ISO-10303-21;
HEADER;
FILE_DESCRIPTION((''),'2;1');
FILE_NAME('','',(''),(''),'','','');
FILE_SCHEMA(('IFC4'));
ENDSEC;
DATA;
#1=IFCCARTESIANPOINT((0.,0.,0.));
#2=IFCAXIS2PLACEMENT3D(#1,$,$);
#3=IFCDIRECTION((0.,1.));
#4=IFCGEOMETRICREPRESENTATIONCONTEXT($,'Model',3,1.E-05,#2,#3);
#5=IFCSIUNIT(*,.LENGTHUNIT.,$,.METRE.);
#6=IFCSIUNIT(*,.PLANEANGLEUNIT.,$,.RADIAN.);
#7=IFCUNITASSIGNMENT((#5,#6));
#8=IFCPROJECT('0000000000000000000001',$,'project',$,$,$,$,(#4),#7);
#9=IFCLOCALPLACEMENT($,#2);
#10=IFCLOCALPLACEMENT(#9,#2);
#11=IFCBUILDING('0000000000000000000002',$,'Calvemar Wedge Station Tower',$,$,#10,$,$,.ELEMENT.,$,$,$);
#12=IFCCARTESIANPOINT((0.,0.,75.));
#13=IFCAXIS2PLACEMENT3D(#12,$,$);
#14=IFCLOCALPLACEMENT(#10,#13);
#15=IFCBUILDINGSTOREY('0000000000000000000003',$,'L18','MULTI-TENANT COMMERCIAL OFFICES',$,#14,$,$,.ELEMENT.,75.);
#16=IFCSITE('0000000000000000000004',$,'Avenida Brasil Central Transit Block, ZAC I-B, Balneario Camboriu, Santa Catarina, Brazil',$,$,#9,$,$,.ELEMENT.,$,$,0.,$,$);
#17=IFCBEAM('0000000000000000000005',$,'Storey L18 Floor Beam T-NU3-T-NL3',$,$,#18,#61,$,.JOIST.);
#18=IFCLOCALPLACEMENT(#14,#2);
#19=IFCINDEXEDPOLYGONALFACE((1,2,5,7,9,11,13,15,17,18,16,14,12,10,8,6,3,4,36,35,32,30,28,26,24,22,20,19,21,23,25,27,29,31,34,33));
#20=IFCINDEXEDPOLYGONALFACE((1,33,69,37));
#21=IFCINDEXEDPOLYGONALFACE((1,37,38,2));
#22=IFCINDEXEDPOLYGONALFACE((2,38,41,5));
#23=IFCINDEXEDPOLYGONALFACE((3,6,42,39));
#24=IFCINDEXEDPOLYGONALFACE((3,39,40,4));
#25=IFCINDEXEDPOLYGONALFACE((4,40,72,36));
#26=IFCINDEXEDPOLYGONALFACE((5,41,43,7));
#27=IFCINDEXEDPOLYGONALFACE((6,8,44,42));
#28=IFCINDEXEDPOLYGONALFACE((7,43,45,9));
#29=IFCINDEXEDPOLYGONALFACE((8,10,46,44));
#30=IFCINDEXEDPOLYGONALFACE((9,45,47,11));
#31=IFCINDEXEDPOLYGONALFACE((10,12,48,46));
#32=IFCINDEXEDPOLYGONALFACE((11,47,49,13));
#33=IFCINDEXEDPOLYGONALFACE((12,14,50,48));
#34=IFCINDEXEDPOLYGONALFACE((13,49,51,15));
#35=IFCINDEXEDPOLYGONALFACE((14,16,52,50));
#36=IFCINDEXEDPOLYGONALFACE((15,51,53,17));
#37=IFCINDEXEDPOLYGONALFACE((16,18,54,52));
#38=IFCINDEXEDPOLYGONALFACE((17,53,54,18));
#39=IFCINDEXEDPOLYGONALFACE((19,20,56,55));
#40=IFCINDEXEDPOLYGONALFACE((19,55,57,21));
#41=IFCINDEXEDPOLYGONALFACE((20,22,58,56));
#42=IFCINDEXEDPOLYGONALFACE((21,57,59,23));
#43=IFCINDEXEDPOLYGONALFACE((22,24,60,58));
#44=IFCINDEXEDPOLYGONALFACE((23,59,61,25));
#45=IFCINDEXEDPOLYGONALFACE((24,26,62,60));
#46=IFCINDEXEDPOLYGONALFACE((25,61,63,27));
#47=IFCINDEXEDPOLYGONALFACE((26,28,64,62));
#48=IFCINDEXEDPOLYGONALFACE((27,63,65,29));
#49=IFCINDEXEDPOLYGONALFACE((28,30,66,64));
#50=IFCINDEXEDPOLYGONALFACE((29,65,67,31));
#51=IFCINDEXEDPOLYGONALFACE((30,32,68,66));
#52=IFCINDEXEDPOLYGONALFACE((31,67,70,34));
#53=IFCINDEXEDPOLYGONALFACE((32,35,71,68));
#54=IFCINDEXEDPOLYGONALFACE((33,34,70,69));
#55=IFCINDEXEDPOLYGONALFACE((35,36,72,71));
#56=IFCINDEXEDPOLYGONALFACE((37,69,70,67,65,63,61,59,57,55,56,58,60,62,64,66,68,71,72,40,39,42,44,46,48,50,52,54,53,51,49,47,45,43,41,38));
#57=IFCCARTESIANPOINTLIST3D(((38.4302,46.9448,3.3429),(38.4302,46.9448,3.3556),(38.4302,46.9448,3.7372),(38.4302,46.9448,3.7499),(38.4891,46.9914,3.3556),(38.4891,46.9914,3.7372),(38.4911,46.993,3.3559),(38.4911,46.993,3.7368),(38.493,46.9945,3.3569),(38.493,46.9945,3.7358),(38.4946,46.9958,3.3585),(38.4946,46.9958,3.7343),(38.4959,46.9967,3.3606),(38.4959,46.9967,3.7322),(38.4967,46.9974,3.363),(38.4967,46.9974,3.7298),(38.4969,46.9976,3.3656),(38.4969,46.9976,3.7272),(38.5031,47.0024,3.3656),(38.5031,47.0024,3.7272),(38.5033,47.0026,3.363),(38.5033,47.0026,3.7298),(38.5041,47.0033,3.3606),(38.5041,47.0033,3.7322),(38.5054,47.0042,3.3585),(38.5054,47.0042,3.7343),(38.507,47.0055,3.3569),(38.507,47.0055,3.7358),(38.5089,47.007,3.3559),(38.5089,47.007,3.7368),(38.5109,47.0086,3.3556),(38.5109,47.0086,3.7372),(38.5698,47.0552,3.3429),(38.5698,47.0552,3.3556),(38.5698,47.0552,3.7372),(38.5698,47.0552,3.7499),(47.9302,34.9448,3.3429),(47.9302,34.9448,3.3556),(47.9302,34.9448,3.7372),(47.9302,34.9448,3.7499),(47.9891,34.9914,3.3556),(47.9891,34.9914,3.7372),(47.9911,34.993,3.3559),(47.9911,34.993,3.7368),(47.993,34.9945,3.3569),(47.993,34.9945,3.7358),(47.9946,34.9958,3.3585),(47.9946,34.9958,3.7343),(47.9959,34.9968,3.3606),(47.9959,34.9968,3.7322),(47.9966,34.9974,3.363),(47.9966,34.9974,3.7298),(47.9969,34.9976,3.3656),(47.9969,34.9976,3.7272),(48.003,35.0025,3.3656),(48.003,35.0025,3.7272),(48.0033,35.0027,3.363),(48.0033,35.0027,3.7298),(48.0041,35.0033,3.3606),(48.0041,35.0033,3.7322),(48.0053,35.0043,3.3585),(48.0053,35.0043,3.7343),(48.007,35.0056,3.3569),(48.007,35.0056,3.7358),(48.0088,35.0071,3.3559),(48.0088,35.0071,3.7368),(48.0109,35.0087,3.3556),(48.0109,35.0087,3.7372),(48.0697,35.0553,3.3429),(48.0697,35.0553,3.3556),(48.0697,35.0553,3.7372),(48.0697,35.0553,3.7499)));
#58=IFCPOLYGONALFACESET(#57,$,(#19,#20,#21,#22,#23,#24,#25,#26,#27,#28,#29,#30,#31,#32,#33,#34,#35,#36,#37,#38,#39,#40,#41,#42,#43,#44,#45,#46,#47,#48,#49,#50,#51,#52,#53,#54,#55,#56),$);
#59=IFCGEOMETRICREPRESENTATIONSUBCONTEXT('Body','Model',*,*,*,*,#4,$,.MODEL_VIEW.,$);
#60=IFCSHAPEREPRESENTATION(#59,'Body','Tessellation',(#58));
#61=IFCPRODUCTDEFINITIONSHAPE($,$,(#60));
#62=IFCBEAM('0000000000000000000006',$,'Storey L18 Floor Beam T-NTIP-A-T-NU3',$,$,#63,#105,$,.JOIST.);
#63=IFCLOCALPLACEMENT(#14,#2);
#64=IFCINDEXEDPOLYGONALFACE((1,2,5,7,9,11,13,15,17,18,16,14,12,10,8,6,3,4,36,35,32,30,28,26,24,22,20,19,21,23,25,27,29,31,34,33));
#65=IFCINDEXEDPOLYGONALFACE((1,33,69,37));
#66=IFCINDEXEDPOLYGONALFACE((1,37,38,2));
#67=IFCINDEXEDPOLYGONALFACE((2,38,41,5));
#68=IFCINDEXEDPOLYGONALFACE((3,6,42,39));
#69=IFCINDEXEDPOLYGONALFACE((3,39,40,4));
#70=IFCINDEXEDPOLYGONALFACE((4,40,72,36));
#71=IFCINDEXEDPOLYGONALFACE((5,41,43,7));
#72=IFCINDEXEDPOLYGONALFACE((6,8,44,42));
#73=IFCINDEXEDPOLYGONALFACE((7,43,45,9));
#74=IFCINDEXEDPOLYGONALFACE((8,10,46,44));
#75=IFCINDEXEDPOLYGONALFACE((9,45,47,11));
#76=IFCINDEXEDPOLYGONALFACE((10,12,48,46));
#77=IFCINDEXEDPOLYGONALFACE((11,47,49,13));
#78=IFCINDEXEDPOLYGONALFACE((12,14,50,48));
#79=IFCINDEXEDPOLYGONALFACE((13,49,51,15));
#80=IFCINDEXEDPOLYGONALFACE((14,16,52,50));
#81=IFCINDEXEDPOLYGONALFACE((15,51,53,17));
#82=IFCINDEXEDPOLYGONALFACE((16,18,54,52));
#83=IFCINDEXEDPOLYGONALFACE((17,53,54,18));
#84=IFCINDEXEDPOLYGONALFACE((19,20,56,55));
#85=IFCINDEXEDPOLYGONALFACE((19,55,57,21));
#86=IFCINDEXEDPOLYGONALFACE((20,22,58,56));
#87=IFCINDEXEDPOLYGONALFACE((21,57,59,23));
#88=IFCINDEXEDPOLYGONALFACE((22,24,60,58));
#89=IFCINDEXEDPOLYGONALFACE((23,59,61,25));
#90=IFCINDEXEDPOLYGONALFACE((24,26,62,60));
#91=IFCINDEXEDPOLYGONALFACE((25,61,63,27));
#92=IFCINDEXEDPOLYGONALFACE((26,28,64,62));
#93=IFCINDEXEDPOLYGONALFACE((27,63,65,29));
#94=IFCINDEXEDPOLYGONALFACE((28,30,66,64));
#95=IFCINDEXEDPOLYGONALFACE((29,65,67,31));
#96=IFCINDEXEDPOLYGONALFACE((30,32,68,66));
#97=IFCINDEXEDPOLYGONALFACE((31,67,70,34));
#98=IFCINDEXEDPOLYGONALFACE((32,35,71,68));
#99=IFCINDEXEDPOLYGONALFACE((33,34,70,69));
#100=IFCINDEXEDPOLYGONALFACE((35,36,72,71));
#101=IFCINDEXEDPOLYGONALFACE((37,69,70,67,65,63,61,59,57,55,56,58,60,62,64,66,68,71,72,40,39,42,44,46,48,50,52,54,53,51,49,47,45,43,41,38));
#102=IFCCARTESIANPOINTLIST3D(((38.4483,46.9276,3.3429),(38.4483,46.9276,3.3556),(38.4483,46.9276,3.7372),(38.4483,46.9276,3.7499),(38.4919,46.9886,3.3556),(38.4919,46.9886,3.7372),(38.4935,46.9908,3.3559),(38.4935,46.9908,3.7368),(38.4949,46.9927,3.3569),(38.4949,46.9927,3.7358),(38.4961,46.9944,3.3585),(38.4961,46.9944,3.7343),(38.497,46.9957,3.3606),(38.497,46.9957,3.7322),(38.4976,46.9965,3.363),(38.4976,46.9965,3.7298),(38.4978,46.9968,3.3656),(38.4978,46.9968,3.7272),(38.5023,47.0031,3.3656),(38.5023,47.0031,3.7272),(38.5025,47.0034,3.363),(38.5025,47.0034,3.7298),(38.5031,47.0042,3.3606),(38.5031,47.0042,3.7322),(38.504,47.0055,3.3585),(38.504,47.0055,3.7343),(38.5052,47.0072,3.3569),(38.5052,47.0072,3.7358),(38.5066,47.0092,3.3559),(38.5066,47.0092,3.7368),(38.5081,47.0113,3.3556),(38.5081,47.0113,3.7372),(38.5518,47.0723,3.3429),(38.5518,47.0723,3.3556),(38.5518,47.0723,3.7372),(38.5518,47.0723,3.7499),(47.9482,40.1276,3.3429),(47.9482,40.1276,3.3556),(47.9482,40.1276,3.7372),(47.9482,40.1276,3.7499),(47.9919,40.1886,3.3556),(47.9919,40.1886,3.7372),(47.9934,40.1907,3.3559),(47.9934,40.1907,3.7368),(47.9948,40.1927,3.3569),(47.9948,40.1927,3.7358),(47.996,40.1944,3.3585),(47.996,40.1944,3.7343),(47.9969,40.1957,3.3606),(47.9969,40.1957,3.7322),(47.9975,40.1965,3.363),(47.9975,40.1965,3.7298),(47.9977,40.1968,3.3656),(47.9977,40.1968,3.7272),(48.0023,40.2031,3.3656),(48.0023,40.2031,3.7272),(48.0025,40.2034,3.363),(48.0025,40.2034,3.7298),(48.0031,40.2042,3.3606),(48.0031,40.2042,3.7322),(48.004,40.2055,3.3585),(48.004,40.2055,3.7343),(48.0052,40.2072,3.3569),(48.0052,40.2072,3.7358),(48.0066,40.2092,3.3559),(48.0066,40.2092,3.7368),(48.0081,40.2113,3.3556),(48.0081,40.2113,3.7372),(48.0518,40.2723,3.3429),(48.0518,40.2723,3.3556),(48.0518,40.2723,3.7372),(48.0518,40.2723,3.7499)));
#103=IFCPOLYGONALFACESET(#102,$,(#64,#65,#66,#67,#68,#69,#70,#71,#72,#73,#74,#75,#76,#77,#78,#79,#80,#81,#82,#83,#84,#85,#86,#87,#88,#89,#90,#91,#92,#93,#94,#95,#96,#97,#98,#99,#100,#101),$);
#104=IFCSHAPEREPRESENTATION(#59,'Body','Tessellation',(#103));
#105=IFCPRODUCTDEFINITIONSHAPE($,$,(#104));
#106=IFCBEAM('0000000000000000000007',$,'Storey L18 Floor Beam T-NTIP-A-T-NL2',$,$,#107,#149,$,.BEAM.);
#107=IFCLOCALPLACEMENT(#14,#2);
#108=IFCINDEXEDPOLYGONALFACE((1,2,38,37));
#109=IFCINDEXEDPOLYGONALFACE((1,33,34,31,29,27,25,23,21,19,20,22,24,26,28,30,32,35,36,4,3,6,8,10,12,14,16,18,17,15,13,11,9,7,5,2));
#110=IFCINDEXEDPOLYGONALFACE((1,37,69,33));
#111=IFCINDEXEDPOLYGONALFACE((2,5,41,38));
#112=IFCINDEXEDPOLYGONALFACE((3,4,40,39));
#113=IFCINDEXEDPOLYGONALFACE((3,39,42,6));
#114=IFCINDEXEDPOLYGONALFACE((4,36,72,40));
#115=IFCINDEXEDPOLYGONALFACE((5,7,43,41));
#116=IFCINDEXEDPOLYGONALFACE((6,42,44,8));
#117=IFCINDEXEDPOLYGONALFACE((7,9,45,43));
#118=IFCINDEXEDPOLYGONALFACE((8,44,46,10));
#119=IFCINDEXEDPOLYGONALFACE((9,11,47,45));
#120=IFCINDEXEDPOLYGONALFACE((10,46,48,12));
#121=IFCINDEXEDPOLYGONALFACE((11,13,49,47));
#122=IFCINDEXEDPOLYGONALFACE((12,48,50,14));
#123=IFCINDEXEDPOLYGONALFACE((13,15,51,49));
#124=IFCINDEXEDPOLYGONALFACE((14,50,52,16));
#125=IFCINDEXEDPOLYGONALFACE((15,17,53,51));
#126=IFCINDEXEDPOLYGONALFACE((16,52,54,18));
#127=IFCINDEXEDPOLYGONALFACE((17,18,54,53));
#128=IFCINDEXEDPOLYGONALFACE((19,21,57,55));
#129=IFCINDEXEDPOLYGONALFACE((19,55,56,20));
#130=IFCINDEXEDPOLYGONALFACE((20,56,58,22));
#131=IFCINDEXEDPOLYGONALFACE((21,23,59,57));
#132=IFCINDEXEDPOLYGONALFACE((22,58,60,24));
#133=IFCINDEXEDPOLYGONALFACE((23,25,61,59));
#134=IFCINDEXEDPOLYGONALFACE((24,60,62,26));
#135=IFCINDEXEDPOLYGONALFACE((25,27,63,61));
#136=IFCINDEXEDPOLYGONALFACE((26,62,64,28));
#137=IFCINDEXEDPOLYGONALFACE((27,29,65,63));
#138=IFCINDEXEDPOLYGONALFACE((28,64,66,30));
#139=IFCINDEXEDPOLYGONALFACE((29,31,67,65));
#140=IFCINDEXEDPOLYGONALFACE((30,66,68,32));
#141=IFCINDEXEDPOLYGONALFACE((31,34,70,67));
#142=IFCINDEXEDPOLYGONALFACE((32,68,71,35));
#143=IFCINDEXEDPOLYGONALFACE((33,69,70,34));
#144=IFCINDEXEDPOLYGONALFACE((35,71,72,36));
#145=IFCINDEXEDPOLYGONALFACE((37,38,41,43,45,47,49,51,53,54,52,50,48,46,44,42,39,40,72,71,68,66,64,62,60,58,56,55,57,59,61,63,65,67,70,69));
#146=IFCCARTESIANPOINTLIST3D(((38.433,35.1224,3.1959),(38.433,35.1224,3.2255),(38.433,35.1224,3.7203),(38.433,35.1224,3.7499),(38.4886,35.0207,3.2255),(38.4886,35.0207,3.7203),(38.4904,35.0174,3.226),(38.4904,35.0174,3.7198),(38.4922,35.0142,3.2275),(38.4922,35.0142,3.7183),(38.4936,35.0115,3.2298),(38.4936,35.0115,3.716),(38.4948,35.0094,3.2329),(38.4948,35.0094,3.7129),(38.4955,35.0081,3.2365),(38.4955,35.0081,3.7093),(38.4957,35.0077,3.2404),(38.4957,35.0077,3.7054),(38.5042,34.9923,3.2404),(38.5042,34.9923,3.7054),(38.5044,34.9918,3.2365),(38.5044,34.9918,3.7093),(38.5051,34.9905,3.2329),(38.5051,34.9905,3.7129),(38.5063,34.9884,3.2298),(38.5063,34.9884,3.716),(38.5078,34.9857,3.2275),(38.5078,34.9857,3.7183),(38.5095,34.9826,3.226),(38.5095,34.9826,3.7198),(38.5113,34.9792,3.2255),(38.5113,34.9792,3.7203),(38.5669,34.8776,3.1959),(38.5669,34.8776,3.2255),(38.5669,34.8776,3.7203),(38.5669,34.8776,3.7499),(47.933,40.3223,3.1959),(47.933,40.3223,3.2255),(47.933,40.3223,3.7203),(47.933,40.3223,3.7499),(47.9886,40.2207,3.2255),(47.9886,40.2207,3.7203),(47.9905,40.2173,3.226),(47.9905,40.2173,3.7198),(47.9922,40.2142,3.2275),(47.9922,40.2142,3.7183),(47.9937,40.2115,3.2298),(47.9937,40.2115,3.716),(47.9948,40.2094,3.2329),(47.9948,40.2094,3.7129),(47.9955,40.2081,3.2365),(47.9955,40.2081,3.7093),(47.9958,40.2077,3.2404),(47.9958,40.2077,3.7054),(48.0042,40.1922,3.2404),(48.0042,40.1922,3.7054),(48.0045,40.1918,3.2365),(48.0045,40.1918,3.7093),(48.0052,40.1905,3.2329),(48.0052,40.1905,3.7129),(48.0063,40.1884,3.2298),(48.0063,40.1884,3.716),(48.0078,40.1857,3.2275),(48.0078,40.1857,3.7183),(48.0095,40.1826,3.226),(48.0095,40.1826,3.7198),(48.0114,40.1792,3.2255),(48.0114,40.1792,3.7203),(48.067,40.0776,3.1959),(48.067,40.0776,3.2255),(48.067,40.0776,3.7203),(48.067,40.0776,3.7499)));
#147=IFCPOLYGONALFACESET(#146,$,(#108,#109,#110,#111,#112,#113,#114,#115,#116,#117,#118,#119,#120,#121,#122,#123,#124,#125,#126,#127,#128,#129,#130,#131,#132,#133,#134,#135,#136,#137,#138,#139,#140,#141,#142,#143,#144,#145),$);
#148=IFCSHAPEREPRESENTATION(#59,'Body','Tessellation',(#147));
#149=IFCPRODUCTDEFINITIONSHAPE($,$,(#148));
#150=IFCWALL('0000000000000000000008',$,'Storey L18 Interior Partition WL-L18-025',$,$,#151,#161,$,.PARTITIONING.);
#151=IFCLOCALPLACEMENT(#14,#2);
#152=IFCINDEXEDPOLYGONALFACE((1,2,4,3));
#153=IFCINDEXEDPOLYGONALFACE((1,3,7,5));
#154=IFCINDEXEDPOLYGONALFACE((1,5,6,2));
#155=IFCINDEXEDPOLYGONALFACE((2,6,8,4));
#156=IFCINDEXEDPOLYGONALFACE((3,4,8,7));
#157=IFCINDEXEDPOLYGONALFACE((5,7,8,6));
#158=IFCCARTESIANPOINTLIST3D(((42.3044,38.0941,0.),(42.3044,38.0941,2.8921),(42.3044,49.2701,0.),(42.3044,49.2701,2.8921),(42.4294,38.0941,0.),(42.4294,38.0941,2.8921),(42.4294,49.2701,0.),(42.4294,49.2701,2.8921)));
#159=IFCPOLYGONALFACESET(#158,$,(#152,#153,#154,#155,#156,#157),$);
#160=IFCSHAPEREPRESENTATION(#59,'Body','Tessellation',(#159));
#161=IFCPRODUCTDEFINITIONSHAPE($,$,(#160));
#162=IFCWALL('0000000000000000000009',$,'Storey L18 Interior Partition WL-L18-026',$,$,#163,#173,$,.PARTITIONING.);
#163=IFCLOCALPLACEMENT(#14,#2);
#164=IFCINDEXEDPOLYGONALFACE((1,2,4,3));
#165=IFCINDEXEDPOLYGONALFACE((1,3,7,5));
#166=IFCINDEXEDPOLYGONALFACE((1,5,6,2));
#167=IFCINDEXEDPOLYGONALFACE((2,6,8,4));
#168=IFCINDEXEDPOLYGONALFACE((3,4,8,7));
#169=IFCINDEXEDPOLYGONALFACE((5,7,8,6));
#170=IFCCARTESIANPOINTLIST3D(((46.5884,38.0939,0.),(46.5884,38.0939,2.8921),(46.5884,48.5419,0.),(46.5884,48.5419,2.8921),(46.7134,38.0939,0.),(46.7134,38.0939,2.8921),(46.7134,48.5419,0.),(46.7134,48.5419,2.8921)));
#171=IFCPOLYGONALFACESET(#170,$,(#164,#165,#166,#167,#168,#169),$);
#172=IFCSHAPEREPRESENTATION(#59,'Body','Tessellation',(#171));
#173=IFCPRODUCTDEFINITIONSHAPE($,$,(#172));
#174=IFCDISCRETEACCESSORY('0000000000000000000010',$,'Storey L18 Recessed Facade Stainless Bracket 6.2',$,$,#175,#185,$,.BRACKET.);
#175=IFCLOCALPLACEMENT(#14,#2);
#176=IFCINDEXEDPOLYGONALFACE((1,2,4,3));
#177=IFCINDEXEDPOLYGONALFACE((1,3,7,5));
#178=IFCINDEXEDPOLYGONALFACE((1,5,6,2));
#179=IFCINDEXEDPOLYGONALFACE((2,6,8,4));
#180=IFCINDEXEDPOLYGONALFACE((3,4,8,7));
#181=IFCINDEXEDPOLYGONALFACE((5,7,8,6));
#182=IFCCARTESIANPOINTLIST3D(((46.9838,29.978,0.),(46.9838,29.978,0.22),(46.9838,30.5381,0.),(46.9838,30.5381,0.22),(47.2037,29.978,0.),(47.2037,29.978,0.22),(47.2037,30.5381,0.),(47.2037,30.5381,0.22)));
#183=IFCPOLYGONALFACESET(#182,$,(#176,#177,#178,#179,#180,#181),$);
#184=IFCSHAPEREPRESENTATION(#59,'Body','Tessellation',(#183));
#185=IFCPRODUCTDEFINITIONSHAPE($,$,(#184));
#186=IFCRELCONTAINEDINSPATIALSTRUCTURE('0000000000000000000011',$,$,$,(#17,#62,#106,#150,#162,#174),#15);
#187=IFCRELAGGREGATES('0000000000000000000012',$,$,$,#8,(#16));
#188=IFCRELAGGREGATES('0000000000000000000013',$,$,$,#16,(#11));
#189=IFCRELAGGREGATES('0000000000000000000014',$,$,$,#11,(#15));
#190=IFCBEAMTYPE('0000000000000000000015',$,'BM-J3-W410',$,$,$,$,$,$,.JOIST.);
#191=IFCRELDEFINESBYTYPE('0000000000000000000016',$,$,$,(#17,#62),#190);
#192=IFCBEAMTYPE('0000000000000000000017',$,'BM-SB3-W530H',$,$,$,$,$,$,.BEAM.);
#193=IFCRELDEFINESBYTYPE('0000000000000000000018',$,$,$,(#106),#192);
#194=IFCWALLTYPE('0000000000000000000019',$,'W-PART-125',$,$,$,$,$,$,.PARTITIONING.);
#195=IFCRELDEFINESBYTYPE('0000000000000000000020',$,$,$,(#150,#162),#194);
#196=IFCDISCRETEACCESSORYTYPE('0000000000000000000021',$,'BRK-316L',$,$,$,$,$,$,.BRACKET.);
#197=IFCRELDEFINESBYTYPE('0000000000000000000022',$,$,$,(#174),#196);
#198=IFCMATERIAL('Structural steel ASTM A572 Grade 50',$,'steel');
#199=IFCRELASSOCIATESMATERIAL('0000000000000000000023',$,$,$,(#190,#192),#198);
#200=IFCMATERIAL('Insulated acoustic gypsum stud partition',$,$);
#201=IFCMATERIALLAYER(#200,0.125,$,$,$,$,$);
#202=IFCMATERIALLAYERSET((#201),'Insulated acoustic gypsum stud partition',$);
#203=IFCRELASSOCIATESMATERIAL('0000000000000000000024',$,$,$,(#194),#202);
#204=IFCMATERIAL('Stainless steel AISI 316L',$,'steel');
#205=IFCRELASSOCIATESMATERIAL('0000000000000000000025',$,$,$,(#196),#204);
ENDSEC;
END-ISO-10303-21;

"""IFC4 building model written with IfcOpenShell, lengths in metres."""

from ifc_helpers import new_model, si_unit, direction, frame, frame_2d, origin, origin_2d, place, context, subcontext, project, spatial, rectangle, i_section, extrude, source, transform, mapped, material, layer, layer_set, material_profile, profile_set, type_object, element, save


model = new_model("IFC4")

# Units and contexts
model_context = context("Model", 3, precision=1e-05, world=origin(), true_north=direction((0.0, 1.0)))
body_context = subcontext(model_context, "Body", "Model", "MODEL_VIEW")
ifc_project = project(units=[si_unit("LENGTHUNIT", "METRE"), si_unit("PLANEANGLEUNIT", "RADIAN")], contexts=[model_context])

# Site, building, storey
site_placement = place(None, origin())
site = spatial("IfcSite", under=ifc_project, at=site_placement, Name="Avenida Brasil Central Transit Block, ZAC I-B, Balneario Camboriu, Santa Catarina, Brazil", CompositionType="ELEMENT", RefElevation=0.0)
building_placement = place(site_placement, origin())
building = spatial("IfcBuilding", under=site, at=building_placement, Name="Calvemar Wedge Station Tower", CompositionType="ELEMENT")
storey_placement = place(building_placement, frame((0.0, 0.0, 75.0)))
storey = spatial("IfcBuildingStorey", under=building, at=storey_placement, Name="L18", Description="MULTI-TENANT COMMERCIAL OFFICES", CompositionType="ELEMENT", Elevation=75.0)

# Shared definitions
ifc_material_1 = material(Name="Structural steel ASTM A572 Grade 50", Category="steel")

# Beams
ifc_material_profile_1 = material_profile(ifc_material_1, i_section(OverallWidth=0.178, OverallDepth=0.407, WebThickness=0.0078, FlangeThickness=0.0127, FilletRadius=0.01, at=origin_2d()), Name="W410x60")
ifc_profile_set_1 = profile_set([ifc_material_profile_1], Name="Structural steel ASTM A572 Grade 50")
beam_type_1 = type_object("IfcBeamType", Name="BM-J3-W410", PredefinedType="JOIST", material=ifc_profile_set_1)
shared_shape_1 = source(origin(), body_context, "Body", "SweptSolid", [
    extrude(i_section(OverallWidth=0.178, OverallDepth=0.407, WebThickness=0.0078, FlangeThickness=0.0127, FilletRadius=0.01, at=origin_2d()), origin(), (0.0, 0.0, 1.0), 15.3052),
])
beam_1_placement = place(storey_placement, frame((38.5, 47.0, 3.5464), z_axis=(0.620703, -0.784046, 0.0), x_axis=(0.784046, 0.620703, 0.0)))
element("IfcBeam", 1, at=beam_1_placement, inside=storey, type_object=beam_type_1, Name="Storey L18 Floor Beam T-NU3-T-NL3", PredefinedType="JOIST", context=body_context, shape_type="MappedRepresentation", body=[
    mapped(shared_shape_1, transform((0.0, 0.0, 0.0), scale=1.0)),
])
shared_shape_2 = source(origin(), body_context, "Body", "SweptSolid", [
    extrude(i_section(OverallWidth=0.178, OverallDepth=0.407, WebThickness=0.0078, FlangeThickness=0.0127, FilletRadius=0.01, at=origin_2d()), origin(), (0.0, 0.0, 1.0), 11.6829),
])
beam_2_placement = place(storey_placement, frame((48.0, 40.2, 3.5464), z_axis=(-0.813153, 0.58205, 0.0), x_axis=(-0.58205, -0.813153, 0.0)))
element("IfcBeam", 2, at=beam_2_placement, inside=storey, type_object=beam_type_1, Name="Storey L18 Floor Beam T-NTIP-A-T-NU3", PredefinedType="JOIST", context=body_context, shape_type="MappedRepresentation", body=[
    mapped(shared_shape_2, transform((0.0, 0.0, 0.0), scale=1.0)),
])
ifc_material_profile_2 = material_profile(ifc_material_1, i_section(OverallWidth=0.2791, OverallDepth=0.554, WebThickness=0.0176, FlangeThickness=0.0295, FilletRadius=0.0149, at=origin_2d()), Name="W530x196")
ifc_profile_set_2 = profile_set([ifc_material_profile_2], Name="Structural steel ASTM A572 Grade 50")
beam_type_2 = type_object("IfcBeamType", Name="BM-SB3-W530H", PredefinedType="BEAM", material=ifc_profile_set_2)
shared_shape_3 = source(origin(), body_context, "Body", "SweptSolid", [
    extrude(i_section(OverallWidth=0.2791, OverallDepth=0.554, WebThickness=0.0176, FlangeThickness=0.0295, FilletRadius=0.0149, at=origin_2d()), origin(), (0.0, 0.0, 1.0), 10.8301),
])
beam_3_placement = place(storey_placement, frame((48.0, 40.2, 3.4729), z_axis=(-0.877191, -0.480142, 0.0), x_axis=(0.480142, -0.877191, 0.0)))
element("IfcBeam", 3, at=beam_3_placement, inside=storey, type_object=beam_type_2, Name="Storey L18 Floor Beam T-NTIP-A-T-NL2", PredefinedType="BEAM", context=body_context, shape_type="MappedRepresentation", body=[
    mapped(shared_shape_3, transform((0.0, 0.0, 0.0), scale=1.0)),
])

# Walls
ifc_material_2 = material(Name="Insulated acoustic gypsum stud partition")
ifc_layer_1 = layer(ifc_material_2, 0.125)
ifc_layer_set_1 = layer_set([ifc_layer_1], Name="Insulated acoustic gypsum stud partition")
wall_type_1 = type_object("IfcWallType", Name="W-PART-125", PredefinedType="PARTITIONING", material=ifc_layer_set_1)
wall_1_placement = place(storey_placement, frame((42.3669, 49.27, 0.0), z_axis=(0.0, 0.0, 1.0), x_axis=(0.0, -1.0, 0.0)))
element("IfcWall", 4, at=wall_1_placement, inside=storey, type_object=wall_type_1, Name="Storey L18 Interior Partition WL-L18-025", PredefinedType="PARTITIONING", context=body_context, shape_type="SweptSolid", body=[
    extrude(rectangle(XDim=11.176, YDim=0.125, at=frame_2d((5.5879, 0.0))), origin(), (0.0, 0.0, 1.0), 2.8921),
])
wall_2_placement = place(storey_placement, frame((46.6509, 48.542, 0.0), z_axis=(0.0, 0.0, 1.0), x_axis=(0.0, -1.0, 0.0)))
element("IfcWall", 5, at=wall_2_placement, inside=storey, type_object=wall_type_1, Name="Storey L18 Interior Partition WL-L18-026", PredefinedType="PARTITIONING", context=body_context, shape_type="SweptSolid", body=[
    extrude(rectangle(XDim=10.448, YDim=0.125, at=frame_2d((5.2241, 0.0))), origin(), (0.0, 0.0, 1.0), 2.8921),
])

# Discrete accessory
ifc_material_3 = material(Name="Stainless steel AISI 316L", Category="steel")
discrete_accessory_type = type_object("IfcDiscreteAccessoryType", Name="BRK-316L", PredefinedType="BRACKET", material=ifc_material_3)
shared_shape_4 = source(origin(), body_context, "Body", "SweptSolid", [
    extrude(rectangle(XDim=0.22, YDim=0.5601, at=origin_2d()), origin(), (0.0, 0.0, 1.0), 0.22),
])
discrete_accessory_placement = place(storey_placement, frame((47.0938, 30.2581, 0.0), z_axis=(0.0, 0.0, 1.0), x_axis=(1.0, 0.0, 0.0)))
element("IfcDiscreteAccessory", 6, at=discrete_accessory_placement, inside=storey, type_object=discrete_accessory_type, Name="Storey L18 Recessed Facade Stainless Bracket 6.2", PredefinedType="BRACKET", context=body_context, shape_type="MappedRepresentation", body=[
    mapped(shared_shape_4, transform((0.0, 0.0, 0.0), scale=1.0)),
])

save(model, "model.ifc")
